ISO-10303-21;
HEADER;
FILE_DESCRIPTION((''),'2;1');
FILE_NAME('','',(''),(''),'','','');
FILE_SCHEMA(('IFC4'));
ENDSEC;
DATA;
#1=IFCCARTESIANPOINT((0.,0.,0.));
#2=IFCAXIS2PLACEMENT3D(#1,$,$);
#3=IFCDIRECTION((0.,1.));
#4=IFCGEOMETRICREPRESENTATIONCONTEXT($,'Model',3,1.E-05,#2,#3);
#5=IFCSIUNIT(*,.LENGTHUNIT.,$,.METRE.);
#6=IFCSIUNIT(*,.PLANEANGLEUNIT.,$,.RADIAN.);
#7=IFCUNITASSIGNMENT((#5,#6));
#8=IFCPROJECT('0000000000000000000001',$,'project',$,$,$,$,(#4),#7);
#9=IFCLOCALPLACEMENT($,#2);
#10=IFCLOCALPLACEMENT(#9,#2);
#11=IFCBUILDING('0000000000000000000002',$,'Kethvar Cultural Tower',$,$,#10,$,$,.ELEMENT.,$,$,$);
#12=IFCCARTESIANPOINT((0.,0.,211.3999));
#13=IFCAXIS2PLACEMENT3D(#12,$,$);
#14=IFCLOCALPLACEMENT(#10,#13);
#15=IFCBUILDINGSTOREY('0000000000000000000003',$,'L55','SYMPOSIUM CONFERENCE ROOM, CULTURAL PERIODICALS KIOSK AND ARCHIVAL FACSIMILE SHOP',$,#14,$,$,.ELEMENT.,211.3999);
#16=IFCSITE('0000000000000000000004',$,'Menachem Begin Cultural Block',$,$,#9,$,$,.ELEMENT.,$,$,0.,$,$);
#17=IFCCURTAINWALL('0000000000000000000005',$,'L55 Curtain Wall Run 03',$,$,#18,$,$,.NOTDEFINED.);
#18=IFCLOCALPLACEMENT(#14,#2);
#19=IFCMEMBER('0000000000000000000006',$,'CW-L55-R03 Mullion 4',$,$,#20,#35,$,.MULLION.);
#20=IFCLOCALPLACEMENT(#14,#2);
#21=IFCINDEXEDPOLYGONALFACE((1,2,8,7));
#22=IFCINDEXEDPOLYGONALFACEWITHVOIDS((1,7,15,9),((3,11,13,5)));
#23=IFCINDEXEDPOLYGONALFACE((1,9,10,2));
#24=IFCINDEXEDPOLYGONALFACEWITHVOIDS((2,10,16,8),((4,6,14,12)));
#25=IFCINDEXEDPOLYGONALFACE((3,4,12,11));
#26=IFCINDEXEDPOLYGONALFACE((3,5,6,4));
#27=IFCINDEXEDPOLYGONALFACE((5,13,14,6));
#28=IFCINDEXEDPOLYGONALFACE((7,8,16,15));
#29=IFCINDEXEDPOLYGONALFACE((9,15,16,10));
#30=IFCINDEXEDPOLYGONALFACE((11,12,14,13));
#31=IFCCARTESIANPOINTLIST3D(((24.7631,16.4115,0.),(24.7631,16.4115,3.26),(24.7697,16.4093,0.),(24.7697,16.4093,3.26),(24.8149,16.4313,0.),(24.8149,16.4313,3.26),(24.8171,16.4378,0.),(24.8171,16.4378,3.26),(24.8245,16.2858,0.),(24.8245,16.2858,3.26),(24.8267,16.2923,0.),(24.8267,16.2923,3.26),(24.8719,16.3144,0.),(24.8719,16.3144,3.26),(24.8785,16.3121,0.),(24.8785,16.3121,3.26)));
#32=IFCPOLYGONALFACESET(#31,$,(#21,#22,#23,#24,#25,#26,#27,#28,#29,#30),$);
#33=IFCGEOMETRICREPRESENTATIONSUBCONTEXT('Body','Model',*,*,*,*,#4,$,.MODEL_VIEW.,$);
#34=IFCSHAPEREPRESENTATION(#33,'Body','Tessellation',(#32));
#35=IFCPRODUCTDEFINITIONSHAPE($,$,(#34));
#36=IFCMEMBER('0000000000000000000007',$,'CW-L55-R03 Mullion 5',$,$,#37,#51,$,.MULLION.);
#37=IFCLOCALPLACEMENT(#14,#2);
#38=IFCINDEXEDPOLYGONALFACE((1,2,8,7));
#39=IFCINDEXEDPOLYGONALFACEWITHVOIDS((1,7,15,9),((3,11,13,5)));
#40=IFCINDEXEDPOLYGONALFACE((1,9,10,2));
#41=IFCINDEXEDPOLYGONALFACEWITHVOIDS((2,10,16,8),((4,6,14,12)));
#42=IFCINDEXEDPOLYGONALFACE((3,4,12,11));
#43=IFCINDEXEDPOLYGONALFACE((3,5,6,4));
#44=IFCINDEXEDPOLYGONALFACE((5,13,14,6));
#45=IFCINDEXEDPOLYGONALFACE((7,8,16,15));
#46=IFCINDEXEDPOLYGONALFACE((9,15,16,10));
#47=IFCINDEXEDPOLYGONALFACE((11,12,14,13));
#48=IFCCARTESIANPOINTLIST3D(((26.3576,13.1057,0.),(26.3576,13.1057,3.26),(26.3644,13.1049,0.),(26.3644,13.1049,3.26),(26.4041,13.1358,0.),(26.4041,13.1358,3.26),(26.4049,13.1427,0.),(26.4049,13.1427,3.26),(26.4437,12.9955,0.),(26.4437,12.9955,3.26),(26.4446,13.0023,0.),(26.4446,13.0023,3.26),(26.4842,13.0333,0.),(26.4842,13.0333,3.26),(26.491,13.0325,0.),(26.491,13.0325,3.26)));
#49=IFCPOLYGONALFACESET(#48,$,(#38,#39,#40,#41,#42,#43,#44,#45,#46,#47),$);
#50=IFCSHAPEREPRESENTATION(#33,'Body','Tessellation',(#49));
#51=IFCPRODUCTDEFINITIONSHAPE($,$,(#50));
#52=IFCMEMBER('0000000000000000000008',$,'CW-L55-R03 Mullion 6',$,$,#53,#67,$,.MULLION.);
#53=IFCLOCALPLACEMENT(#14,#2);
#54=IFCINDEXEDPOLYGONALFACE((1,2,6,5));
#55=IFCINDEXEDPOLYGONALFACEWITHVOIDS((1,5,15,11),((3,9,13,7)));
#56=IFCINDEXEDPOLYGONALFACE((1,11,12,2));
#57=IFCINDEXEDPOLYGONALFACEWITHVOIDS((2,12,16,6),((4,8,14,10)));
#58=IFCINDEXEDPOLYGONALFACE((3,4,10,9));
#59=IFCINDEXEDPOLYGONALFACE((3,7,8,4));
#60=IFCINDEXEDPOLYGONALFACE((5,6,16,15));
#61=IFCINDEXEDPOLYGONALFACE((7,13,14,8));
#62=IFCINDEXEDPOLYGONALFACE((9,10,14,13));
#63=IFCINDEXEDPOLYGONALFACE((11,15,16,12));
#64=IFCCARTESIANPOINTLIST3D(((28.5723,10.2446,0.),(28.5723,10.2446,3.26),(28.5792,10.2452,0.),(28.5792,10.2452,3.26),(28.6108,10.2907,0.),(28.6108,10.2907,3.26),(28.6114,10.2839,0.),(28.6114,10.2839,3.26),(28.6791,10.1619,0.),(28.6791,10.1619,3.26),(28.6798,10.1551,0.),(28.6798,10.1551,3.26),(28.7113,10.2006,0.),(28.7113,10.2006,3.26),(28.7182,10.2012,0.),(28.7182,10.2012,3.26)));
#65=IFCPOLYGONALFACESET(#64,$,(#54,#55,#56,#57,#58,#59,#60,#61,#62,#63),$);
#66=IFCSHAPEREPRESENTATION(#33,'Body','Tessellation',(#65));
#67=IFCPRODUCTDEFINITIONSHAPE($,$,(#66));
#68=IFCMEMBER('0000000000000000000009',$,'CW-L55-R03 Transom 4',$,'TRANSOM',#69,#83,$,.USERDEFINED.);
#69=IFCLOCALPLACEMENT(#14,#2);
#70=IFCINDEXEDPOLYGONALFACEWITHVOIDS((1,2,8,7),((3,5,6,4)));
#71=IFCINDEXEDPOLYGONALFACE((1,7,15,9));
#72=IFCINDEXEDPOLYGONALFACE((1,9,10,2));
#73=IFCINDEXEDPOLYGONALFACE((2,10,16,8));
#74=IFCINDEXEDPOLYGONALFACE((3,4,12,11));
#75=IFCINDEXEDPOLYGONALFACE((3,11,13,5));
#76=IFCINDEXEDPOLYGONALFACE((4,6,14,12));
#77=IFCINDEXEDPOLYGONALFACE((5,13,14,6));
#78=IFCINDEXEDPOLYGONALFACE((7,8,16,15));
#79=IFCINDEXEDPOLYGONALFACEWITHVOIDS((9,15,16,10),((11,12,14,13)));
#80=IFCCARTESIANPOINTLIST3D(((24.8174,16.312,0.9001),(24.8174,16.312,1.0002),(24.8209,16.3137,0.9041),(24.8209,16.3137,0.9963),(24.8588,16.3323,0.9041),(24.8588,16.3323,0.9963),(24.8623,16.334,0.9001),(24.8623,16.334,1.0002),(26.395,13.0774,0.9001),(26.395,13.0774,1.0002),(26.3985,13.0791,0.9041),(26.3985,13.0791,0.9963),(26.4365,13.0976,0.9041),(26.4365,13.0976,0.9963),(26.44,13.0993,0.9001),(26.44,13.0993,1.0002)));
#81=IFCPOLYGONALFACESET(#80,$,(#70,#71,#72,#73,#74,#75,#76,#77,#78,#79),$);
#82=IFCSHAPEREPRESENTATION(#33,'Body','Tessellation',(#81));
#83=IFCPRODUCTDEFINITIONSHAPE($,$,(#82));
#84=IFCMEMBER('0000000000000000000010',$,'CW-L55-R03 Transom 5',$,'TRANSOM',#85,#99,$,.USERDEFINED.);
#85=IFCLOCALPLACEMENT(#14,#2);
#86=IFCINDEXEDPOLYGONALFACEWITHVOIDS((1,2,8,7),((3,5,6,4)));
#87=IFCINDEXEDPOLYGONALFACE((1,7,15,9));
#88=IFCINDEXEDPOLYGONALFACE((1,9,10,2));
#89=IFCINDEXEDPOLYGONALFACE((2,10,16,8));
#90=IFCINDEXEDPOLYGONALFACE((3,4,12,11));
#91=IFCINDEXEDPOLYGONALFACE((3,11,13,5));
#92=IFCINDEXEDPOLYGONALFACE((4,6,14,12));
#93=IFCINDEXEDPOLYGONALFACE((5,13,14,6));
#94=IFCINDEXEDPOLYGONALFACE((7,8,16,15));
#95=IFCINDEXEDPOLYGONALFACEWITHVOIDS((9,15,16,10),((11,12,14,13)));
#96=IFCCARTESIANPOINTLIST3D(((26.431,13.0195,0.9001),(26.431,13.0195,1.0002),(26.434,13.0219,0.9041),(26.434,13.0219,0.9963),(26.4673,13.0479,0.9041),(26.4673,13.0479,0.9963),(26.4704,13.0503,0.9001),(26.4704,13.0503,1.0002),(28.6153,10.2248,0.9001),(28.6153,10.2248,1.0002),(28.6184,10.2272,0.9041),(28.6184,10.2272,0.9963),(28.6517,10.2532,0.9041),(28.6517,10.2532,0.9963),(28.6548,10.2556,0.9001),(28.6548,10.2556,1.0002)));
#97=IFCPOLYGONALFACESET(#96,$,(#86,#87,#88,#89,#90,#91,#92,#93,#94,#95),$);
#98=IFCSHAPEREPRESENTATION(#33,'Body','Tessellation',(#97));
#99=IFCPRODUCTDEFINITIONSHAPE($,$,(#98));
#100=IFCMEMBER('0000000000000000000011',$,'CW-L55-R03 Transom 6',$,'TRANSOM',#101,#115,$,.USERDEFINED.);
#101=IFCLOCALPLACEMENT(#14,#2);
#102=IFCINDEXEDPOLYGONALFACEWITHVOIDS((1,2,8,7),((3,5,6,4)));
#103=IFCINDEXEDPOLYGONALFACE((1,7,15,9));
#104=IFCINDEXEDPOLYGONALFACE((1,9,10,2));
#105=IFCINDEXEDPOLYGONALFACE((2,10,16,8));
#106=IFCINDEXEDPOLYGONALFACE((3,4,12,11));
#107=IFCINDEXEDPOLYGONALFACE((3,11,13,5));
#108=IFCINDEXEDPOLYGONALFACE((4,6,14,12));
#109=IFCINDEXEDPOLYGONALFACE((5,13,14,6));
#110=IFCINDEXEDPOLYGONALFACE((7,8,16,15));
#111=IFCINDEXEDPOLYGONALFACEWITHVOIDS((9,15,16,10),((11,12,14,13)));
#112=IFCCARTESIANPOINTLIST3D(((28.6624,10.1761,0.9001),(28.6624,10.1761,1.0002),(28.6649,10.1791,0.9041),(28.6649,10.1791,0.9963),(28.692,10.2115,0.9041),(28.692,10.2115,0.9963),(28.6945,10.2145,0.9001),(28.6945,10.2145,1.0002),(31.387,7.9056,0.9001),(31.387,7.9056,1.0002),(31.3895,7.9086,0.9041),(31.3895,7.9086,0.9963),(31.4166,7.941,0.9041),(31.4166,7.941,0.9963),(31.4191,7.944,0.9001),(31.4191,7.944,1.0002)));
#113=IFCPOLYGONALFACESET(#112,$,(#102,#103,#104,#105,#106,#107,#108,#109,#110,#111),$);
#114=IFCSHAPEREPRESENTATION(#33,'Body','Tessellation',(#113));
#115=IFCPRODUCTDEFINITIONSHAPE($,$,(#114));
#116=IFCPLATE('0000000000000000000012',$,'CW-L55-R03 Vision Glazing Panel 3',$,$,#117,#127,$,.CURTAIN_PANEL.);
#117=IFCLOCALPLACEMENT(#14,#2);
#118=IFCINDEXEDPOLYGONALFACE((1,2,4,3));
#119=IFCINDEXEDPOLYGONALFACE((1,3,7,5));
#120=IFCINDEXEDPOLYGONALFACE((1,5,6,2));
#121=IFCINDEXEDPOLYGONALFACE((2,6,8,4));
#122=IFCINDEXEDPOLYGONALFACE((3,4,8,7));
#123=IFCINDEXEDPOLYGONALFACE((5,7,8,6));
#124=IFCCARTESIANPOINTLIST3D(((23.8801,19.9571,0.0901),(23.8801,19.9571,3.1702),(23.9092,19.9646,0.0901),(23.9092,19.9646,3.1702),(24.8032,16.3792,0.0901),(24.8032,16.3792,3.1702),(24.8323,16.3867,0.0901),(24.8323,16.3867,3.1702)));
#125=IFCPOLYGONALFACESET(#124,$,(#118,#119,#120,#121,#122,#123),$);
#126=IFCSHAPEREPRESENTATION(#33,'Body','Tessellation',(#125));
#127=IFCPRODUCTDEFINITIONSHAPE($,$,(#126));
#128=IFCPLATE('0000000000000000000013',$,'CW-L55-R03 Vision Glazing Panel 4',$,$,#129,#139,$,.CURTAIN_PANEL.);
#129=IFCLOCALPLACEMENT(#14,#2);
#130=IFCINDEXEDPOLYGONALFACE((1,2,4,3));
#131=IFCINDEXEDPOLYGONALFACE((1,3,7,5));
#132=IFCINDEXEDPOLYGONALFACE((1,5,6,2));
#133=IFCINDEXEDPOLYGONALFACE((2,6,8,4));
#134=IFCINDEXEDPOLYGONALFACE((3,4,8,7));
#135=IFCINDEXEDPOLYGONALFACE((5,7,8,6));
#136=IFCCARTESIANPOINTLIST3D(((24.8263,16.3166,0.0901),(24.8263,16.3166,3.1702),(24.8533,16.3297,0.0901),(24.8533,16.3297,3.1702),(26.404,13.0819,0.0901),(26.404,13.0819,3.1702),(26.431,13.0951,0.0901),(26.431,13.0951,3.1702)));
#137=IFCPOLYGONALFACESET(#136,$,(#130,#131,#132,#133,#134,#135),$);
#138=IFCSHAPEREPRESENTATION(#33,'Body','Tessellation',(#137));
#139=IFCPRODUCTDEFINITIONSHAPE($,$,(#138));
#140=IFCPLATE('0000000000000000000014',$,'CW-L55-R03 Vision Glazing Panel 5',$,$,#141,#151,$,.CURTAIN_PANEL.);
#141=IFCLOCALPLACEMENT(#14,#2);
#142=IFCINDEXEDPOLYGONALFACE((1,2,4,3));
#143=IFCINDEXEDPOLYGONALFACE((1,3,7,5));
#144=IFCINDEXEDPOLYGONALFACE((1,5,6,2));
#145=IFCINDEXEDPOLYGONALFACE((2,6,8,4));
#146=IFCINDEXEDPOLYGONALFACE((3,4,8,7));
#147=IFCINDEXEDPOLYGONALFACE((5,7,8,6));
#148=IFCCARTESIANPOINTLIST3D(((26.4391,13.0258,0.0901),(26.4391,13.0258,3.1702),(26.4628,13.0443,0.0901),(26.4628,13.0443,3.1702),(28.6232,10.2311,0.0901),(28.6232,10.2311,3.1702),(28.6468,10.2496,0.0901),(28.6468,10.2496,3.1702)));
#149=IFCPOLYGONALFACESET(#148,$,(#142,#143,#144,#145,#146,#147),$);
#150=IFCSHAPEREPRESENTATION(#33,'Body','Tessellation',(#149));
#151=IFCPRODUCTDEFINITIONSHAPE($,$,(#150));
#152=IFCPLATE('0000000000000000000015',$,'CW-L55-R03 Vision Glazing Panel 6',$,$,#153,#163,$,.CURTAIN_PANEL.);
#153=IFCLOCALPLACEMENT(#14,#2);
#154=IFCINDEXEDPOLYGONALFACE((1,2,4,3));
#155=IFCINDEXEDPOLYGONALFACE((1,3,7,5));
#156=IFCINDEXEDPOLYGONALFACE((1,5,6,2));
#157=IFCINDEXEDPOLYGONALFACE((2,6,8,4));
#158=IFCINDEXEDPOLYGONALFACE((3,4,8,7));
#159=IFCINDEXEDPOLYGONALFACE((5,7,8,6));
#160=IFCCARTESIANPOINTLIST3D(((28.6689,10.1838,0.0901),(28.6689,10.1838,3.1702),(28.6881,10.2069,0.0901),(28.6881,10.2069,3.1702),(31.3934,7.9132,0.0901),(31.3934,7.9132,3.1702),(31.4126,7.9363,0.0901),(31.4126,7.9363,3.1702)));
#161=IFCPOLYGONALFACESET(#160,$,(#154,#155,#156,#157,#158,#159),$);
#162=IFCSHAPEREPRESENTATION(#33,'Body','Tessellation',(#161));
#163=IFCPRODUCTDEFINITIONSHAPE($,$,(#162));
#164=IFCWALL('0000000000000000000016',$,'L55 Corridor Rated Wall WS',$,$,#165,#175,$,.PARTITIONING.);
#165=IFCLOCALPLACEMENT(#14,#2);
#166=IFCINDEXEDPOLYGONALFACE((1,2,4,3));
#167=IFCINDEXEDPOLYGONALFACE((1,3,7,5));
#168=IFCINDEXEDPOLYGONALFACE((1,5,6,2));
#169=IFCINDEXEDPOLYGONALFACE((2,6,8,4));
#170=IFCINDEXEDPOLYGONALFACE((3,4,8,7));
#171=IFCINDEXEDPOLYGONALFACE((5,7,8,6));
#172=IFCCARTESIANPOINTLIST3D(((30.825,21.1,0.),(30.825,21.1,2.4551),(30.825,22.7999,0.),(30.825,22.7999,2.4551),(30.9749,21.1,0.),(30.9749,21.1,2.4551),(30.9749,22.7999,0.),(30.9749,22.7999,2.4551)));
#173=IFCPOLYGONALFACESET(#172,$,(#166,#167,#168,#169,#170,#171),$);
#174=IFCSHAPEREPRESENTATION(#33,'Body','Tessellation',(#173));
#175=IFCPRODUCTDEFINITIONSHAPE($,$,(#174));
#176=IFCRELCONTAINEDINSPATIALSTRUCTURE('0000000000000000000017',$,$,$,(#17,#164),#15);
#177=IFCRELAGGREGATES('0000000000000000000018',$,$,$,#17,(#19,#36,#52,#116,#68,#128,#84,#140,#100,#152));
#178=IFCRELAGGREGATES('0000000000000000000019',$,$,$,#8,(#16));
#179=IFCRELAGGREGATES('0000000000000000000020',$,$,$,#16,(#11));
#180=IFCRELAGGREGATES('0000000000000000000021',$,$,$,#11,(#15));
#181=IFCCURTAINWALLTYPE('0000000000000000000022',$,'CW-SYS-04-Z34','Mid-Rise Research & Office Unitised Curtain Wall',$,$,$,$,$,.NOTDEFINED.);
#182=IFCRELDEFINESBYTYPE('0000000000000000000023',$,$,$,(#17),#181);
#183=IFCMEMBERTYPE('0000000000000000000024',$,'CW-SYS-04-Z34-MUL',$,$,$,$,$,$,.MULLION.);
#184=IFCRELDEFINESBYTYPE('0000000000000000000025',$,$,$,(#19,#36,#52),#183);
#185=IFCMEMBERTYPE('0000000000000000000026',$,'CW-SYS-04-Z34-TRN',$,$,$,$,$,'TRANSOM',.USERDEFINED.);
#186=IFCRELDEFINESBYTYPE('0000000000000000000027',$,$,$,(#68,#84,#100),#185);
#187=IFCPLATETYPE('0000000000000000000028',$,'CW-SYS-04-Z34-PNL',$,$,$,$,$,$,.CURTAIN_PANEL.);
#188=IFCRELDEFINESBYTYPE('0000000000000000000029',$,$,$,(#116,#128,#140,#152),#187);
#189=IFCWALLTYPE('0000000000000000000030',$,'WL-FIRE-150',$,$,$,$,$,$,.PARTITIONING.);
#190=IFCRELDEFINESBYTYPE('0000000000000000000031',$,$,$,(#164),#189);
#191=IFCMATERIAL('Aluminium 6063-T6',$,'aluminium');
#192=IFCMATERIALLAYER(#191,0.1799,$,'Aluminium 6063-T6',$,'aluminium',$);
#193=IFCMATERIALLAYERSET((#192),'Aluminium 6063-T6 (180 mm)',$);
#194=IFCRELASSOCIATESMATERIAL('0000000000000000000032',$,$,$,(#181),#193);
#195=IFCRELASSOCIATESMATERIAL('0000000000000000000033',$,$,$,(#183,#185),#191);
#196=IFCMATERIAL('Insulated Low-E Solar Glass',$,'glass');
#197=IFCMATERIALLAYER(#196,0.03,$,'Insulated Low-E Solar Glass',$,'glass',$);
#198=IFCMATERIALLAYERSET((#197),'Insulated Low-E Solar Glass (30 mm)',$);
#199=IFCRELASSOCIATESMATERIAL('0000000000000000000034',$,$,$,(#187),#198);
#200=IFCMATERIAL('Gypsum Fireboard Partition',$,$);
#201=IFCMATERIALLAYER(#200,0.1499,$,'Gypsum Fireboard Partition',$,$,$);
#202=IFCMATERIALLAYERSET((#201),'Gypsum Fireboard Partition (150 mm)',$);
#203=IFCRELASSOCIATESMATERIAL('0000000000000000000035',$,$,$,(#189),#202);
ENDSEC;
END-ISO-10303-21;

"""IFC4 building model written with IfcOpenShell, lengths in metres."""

from ifc_helpers import new_model, si_unit, direction, frame, frame_2d, origin, origin_2d, place, context, subcontext, project, spatial, rectangle, hollow_rectangle, extrude, source, transform, mapped, material, layer, layer_set, material_profile, profile_set, type_object, element, aggregate, save


model = new_model("IFC4")

# Units and contexts
model_context = context("Model", 3, precision=1e-05, world=origin(), true_north=direction((0.0, 1.0)))
body_context = subcontext(model_context, "Body", "Model", "MODEL_VIEW")
ifc_project = project(units=[si_unit("LENGTHUNIT", "METRE"), si_unit("PLANEANGLEUNIT", "RADIAN")], contexts=[model_context])

# Site, building, storey
site_placement = place(None, origin())
site = spatial("IfcSite", under=ifc_project, at=site_placement, Name="Menachem Begin Cultural Block", CompositionType="ELEMENT", RefElevation=0.0)
building_placement = place(site_placement, origin())
building = spatial("IfcBuilding", under=site, at=building_placement, Name="Kethvar Cultural Tower", CompositionType="ELEMENT")
storey_placement = place(building_placement, frame((0.0, 0.0, 211.3999)))
storey = spatial("IfcBuildingStorey", under=building, at=storey_placement, Name="L55", Description="SYMPOSIUM CONFERENCE ROOM, CULTURAL PERIODICALS KIOSK AND ARCHIVAL FACSIMILE SHOP", CompositionType="ELEMENT", Elevation=211.3999)

# Curtain wall, members, plates
ifc_material_1 = material(Name="Aluminium 6063-T6", Category="aluminium")
ifc_layer_1 = layer(ifc_material_1, 0.1799, Name="Aluminium 6063-T6", Category="aluminium")
ifc_layer_set_1 = layer_set([ifc_layer_1], Name="Aluminium 6063-T6 (180 mm)")
curtain_wall_type = type_object("IfcCurtainWallType", Name="CW-SYS-04-Z34", Description="Mid-Rise Research & Office Unitised Curtain Wall", PredefinedType="NOTDEFINED", material=ifc_layer_set_1)
curtain_wall_placement = place(storey_placement, origin())
curtain_wall = element("IfcCurtainWall", 1, at=curtain_wall_placement, inside=storey, type_object=curtain_wall_type, Name="L55 Curtain Wall Run 03", PredefinedType="NOTDEFINED")
ifc_material_profile_1 = material_profile(ifc_material_1, hollow_rectangle(XDim=0.0601, YDim=0.1399, WallThickness=0.0049, at=origin_2d()), Name="Aluminium 6063-T6 — RHS140x60x5")
ifc_profile_set_1 = profile_set([ifc_material_profile_1], Name="Aluminium 6063-T6 — RHS140x60x5")
member_type_1 = type_object("IfcMemberType", Name="CW-SYS-04-Z34-MUL", PredefinedType="MULLION", material=ifc_profile_set_1)
shared_shape_1 = source(origin(), body_context, "Body", "SweptSolid", [
    extrude(hollow_rectangle(XDim=0.0601, YDim=0.1399, WallThickness=0.0049, at=origin_2d()), origin(), (0.0, 0.0, 1.0), 3.26),
])
member_1_placement = place(storey_placement, frame((24.8208, 16.3618, 0.0), z_axis=(0.0, 0.0, 1.0), x_axis=(0.898794, 0.438371, 0.0)))
member_1 = element("IfcMember", 2, at=member_1_placement, type_object=member_type_1, Name="CW-L55-R03 Mullion 4", PredefinedType="MULLION", context=body_context, shape_type="MappedRepresentation", body=[
    mapped(shared_shape_1, transform((0.0, 0.0, 0.0), scale=1.0)),
])
member_2_placement = place(storey_placement, frame((26.4243, 13.0691, 0.0), z_axis=(0.0, 0.0, 1.0), x_axis=(0.787925, 0.615771, 0.0)))
member_2 = element("IfcMember", 3, at=member_2_placement, type_object=member_type_1, Name="CW-L55-R03 Mullion 5", PredefinedType="MULLION", context=body_context, shape_type="MappedRepresentation", body=[
    mapped(shared_shape_1, transform((0.0, 0.0, 0.0), scale=1.0)),
])
member_3_placement = place(storey_placement, frame((28.6453, 10.2229, 0.0), z_axis=(0.0, 0.0, 1.0), x_axis=(0.640217, 0.768194, 0.0)))
member_3 = element("IfcMember", 4, at=member_3_placement, type_object=member_type_1, Name="CW-L55-R03 Mullion 6", PredefinedType="MULLION", context=body_context, shape_type="MappedRepresentation", body=[
    mapped(shared_shape_1, transform((0.0, 0.0, 0.0), scale=1.0)),
])
ifc_material_profile_2 = material_profile(ifc_material_1, hollow_rectangle(XDim=0.05, YDim=0.1001, WallThickness=0.0039, at=origin_2d()), Name="Aluminium 6063-T6 — RHS100x50x4")
ifc_profile_set_2 = profile_set([ifc_material_profile_2], Name="Aluminium 6063-T6 — RHS100x50x4")
member_type_2 = type_object("IfcMemberType", Name="CW-SYS-04-Z34-TRN", ElementType="TRANSOM", PredefinedType="USERDEFINED", material=ifc_profile_set_2)
shared_shape_2 = source(origin(), body_context, "Body", "SweptSolid", [
    extrude(hollow_rectangle(XDim=0.05, YDim=0.1001, WallThickness=0.0039, at=origin_2d()), origin(), (0.0, 0.0, 1.0), 3.5989),
])
member_4_placement = place(storey_placement, frame((24.8398, 16.323, 0.9502), z_axis=(0.438373, -0.898793, 0.0), x_axis=(0.898793, 0.438373, 0.0)))
member_4 = element("IfcMember", 5, at=member_4_placement, type_object=member_type_2, Name="CW-L55-R03 Transom 4", ObjectType="TRANSOM", PredefinedType="USERDEFINED", context=body_context, shape_type="MappedRepresentation", body=[
    mapped(shared_shape_2, transform((0.0, 0.0, 0.0), scale=1.0)),
])
shared_shape_3 = source(origin(), body_context, "Body", "SweptSolid", [
    extrude(hollow_rectangle(XDim=0.05, YDim=0.1001, WallThickness=0.0039, at=origin_2d()), origin(), (0.0, 0.0, 1.0), 3.5471),
])
member_5_placement = place(storey_placement, frame((26.4507, 13.0349, 0.9502), z_axis=(0.615816, -0.78789, 0.0), x_axis=(0.78789, 0.615816, 0.0)))
member_5 = element("IfcMember", 6, at=member_5_placement, type_object=member_type_2, Name="CW-L55-R03 Transom 5", ObjectType="TRANSOM", PredefinedType="USERDEFINED", context=body_context, shape_type="MappedRepresentation", body=[
    mapped(shared_shape_3, transform((0.0, 0.0, 0.0), scale=1.0)),
])
shared_shape_4 = source(origin(), body_context, "Body", "SweptSolid", [
    extrude(hollow_rectangle(XDim=0.05, YDim=0.1001, WallThickness=0.0039, at=origin_2d()), origin(), (0.0, 0.0, 1.0), 3.5466),
])
member_6_placement = place(storey_placement, frame((28.6785, 10.1953, 0.9502), z_axis=(0.768221, -0.640184, 0.0), x_axis=(0.640184, 0.768221, 0.0)))
member_6 = element("IfcMember", 7, at=member_6_placement, type_object=member_type_2, Name="CW-L55-R03 Transom 6", ObjectType="TRANSOM", PredefinedType="USERDEFINED", context=body_context, shape_type="MappedRepresentation", body=[
    mapped(shared_shape_4, transform((0.0, 0.0, 0.0), scale=1.0)),
])
ifc_material_2 = material(Name="Insulated Low-E Solar Glass", Category="glass")
ifc_layer_2 = layer(ifc_material_2, 0.03, Name="Insulated Low-E Solar Glass", Category="glass")
ifc_layer_set_2 = layer_set([ifc_layer_2], Name="Insulated Low-E Solar Glass (30 mm)")
plate_type = type_object("IfcPlateType", Name="CW-SYS-04-Z34-PNL", PredefinedType="CURTAIN_PANEL", material=ifc_layer_set_2)
shared_shape_5 = source(origin(), body_context, "Body", "SweptSolid", [
    extrude(rectangle(XDim=3.6951, YDim=0.03, at=origin_2d()), origin(), (0.0, 0.0, 1.0), 3.0801),
])
plate_1_placement = place(storey_placement, frame((24.3562, 18.1719, 0.0901), z_axis=(0.0, 0.0, 1.0), x_axis=(0.249839, -0.968287, 0.0)))
plate_1 = element("IfcPlate", 8, at=plate_1_placement, type_object=plate_type, Name="CW-L55-R03 Vision Glazing Panel 3", PredefinedType="CURTAIN_PANEL", context=body_context, shape_type="MappedRepresentation", body=[
    mapped(shared_shape_5, transform((0.0, 0.0, 0.0), scale=1.0)),
])
shared_shape_6 = source(origin(), body_context, "Body", "SweptSolid", [
    extrude(rectangle(XDim=3.5989, YDim=0.03, at=origin_2d()), origin(), (0.0, 0.0, 1.0), 3.0801),
])
plate_2_placement = place(storey_placement, frame((25.6287, 14.7058, 0.0901), z_axis=(0.0, 0.0, 1.0), x_axis=(0.438371, -0.898794, 0.0)))
plate_2 = element("IfcPlate", 9, at=plate_2_placement, type_object=plate_type, Name="CW-L55-R03 Vision Glazing Panel 4", PredefinedType="CURTAIN_PANEL", context=body_context, shape_type="MappedRepresentation", body=[
    mapped(shared_shape_6, transform((0.0, 0.0, 0.0), scale=1.0)),
])
shared_shape_7 = source(origin(), body_context, "Body", "SweptSolid", [
    extrude(rectangle(XDim=3.5469, YDim=0.03, at=origin_2d()), origin(), (0.0, 0.0, 1.0), 3.0801),
])
plate_3_placement = place(storey_placement, frame((27.543, 11.6377, 0.0901), z_axis=(0.0, 0.0, 1.0), x_axis=(0.615771, -0.787925, 0.0)))
plate_3 = element("IfcPlate", 10, at=plate_3_placement, type_object=plate_type, Name="CW-L55-R03 Vision Glazing Panel 5", PredefinedType="CURTAIN_PANEL", context=body_context, shape_type="MappedRepresentation", body=[
    mapped(shared_shape_7, transform((0.0, 0.0, 0.0), scale=1.0)),
])
shared_shape_8 = source(origin(), body_context, "Body", "SweptSolid", [
    extrude(rectangle(XDim=3.5466, YDim=0.03, at=origin_2d()), origin(), (0.0, 0.0, 1.0), 3.0801),
])
plate_4_placement = place(storey_placement, frame((30.0408, 9.0601, 0.0901), z_axis=(0.0, 0.0, 1.0), x_axis=(0.768194, -0.640217, 0.0)))
plate_4 = element("IfcPlate", 11, at=plate_4_placement, type_object=plate_type, Name="CW-L55-R03 Vision Glazing Panel 6", PredefinedType="CURTAIN_PANEL", context=body_context, shape_type="MappedRepresentation", body=[
    mapped(shared_shape_8, transform((0.0, 0.0, 0.0), scale=1.0)),
])
aggregate(curtain_wall, [member_1, member_2, member_3, plate_1, member_4, plate_2, member_5, plate_3, member_6, plate_4])

# Wall
ifc_material_3 = material(Name="Gypsum Fireboard Partition")
ifc_layer_3 = layer(ifc_material_3, 0.1499, Name="Gypsum Fireboard Partition")
ifc_layer_set_3 = layer_set([ifc_layer_3], Name="Gypsum Fireboard Partition (150 mm)")
wall_type = type_object("IfcWallType", Name="WL-FIRE-150", PredefinedType="PARTITIONING", material=ifc_layer_set_3)
wall_1_placement = place(storey_placement, frame((30.8999, 22.8, 0.0), z_axis=(0.0, 0.0, 1.0), x_axis=(0.0, -1.0, 0.0)))
element("IfcWall", 12, at=wall_1_placement, inside=storey, type_object=wall_type, Name="L55 Corridor Rated Wall WS", PredefinedType="PARTITIONING", context=body_context, shape_type="SweptSolid", body=[
    extrude(rectangle(XDim=1.7, YDim=0.1499, at=frame_2d((0.8501, 0.0))), origin(), (0.0, 0.0, 1.0), 2.4551),
])

save(model, "model.ifc")
